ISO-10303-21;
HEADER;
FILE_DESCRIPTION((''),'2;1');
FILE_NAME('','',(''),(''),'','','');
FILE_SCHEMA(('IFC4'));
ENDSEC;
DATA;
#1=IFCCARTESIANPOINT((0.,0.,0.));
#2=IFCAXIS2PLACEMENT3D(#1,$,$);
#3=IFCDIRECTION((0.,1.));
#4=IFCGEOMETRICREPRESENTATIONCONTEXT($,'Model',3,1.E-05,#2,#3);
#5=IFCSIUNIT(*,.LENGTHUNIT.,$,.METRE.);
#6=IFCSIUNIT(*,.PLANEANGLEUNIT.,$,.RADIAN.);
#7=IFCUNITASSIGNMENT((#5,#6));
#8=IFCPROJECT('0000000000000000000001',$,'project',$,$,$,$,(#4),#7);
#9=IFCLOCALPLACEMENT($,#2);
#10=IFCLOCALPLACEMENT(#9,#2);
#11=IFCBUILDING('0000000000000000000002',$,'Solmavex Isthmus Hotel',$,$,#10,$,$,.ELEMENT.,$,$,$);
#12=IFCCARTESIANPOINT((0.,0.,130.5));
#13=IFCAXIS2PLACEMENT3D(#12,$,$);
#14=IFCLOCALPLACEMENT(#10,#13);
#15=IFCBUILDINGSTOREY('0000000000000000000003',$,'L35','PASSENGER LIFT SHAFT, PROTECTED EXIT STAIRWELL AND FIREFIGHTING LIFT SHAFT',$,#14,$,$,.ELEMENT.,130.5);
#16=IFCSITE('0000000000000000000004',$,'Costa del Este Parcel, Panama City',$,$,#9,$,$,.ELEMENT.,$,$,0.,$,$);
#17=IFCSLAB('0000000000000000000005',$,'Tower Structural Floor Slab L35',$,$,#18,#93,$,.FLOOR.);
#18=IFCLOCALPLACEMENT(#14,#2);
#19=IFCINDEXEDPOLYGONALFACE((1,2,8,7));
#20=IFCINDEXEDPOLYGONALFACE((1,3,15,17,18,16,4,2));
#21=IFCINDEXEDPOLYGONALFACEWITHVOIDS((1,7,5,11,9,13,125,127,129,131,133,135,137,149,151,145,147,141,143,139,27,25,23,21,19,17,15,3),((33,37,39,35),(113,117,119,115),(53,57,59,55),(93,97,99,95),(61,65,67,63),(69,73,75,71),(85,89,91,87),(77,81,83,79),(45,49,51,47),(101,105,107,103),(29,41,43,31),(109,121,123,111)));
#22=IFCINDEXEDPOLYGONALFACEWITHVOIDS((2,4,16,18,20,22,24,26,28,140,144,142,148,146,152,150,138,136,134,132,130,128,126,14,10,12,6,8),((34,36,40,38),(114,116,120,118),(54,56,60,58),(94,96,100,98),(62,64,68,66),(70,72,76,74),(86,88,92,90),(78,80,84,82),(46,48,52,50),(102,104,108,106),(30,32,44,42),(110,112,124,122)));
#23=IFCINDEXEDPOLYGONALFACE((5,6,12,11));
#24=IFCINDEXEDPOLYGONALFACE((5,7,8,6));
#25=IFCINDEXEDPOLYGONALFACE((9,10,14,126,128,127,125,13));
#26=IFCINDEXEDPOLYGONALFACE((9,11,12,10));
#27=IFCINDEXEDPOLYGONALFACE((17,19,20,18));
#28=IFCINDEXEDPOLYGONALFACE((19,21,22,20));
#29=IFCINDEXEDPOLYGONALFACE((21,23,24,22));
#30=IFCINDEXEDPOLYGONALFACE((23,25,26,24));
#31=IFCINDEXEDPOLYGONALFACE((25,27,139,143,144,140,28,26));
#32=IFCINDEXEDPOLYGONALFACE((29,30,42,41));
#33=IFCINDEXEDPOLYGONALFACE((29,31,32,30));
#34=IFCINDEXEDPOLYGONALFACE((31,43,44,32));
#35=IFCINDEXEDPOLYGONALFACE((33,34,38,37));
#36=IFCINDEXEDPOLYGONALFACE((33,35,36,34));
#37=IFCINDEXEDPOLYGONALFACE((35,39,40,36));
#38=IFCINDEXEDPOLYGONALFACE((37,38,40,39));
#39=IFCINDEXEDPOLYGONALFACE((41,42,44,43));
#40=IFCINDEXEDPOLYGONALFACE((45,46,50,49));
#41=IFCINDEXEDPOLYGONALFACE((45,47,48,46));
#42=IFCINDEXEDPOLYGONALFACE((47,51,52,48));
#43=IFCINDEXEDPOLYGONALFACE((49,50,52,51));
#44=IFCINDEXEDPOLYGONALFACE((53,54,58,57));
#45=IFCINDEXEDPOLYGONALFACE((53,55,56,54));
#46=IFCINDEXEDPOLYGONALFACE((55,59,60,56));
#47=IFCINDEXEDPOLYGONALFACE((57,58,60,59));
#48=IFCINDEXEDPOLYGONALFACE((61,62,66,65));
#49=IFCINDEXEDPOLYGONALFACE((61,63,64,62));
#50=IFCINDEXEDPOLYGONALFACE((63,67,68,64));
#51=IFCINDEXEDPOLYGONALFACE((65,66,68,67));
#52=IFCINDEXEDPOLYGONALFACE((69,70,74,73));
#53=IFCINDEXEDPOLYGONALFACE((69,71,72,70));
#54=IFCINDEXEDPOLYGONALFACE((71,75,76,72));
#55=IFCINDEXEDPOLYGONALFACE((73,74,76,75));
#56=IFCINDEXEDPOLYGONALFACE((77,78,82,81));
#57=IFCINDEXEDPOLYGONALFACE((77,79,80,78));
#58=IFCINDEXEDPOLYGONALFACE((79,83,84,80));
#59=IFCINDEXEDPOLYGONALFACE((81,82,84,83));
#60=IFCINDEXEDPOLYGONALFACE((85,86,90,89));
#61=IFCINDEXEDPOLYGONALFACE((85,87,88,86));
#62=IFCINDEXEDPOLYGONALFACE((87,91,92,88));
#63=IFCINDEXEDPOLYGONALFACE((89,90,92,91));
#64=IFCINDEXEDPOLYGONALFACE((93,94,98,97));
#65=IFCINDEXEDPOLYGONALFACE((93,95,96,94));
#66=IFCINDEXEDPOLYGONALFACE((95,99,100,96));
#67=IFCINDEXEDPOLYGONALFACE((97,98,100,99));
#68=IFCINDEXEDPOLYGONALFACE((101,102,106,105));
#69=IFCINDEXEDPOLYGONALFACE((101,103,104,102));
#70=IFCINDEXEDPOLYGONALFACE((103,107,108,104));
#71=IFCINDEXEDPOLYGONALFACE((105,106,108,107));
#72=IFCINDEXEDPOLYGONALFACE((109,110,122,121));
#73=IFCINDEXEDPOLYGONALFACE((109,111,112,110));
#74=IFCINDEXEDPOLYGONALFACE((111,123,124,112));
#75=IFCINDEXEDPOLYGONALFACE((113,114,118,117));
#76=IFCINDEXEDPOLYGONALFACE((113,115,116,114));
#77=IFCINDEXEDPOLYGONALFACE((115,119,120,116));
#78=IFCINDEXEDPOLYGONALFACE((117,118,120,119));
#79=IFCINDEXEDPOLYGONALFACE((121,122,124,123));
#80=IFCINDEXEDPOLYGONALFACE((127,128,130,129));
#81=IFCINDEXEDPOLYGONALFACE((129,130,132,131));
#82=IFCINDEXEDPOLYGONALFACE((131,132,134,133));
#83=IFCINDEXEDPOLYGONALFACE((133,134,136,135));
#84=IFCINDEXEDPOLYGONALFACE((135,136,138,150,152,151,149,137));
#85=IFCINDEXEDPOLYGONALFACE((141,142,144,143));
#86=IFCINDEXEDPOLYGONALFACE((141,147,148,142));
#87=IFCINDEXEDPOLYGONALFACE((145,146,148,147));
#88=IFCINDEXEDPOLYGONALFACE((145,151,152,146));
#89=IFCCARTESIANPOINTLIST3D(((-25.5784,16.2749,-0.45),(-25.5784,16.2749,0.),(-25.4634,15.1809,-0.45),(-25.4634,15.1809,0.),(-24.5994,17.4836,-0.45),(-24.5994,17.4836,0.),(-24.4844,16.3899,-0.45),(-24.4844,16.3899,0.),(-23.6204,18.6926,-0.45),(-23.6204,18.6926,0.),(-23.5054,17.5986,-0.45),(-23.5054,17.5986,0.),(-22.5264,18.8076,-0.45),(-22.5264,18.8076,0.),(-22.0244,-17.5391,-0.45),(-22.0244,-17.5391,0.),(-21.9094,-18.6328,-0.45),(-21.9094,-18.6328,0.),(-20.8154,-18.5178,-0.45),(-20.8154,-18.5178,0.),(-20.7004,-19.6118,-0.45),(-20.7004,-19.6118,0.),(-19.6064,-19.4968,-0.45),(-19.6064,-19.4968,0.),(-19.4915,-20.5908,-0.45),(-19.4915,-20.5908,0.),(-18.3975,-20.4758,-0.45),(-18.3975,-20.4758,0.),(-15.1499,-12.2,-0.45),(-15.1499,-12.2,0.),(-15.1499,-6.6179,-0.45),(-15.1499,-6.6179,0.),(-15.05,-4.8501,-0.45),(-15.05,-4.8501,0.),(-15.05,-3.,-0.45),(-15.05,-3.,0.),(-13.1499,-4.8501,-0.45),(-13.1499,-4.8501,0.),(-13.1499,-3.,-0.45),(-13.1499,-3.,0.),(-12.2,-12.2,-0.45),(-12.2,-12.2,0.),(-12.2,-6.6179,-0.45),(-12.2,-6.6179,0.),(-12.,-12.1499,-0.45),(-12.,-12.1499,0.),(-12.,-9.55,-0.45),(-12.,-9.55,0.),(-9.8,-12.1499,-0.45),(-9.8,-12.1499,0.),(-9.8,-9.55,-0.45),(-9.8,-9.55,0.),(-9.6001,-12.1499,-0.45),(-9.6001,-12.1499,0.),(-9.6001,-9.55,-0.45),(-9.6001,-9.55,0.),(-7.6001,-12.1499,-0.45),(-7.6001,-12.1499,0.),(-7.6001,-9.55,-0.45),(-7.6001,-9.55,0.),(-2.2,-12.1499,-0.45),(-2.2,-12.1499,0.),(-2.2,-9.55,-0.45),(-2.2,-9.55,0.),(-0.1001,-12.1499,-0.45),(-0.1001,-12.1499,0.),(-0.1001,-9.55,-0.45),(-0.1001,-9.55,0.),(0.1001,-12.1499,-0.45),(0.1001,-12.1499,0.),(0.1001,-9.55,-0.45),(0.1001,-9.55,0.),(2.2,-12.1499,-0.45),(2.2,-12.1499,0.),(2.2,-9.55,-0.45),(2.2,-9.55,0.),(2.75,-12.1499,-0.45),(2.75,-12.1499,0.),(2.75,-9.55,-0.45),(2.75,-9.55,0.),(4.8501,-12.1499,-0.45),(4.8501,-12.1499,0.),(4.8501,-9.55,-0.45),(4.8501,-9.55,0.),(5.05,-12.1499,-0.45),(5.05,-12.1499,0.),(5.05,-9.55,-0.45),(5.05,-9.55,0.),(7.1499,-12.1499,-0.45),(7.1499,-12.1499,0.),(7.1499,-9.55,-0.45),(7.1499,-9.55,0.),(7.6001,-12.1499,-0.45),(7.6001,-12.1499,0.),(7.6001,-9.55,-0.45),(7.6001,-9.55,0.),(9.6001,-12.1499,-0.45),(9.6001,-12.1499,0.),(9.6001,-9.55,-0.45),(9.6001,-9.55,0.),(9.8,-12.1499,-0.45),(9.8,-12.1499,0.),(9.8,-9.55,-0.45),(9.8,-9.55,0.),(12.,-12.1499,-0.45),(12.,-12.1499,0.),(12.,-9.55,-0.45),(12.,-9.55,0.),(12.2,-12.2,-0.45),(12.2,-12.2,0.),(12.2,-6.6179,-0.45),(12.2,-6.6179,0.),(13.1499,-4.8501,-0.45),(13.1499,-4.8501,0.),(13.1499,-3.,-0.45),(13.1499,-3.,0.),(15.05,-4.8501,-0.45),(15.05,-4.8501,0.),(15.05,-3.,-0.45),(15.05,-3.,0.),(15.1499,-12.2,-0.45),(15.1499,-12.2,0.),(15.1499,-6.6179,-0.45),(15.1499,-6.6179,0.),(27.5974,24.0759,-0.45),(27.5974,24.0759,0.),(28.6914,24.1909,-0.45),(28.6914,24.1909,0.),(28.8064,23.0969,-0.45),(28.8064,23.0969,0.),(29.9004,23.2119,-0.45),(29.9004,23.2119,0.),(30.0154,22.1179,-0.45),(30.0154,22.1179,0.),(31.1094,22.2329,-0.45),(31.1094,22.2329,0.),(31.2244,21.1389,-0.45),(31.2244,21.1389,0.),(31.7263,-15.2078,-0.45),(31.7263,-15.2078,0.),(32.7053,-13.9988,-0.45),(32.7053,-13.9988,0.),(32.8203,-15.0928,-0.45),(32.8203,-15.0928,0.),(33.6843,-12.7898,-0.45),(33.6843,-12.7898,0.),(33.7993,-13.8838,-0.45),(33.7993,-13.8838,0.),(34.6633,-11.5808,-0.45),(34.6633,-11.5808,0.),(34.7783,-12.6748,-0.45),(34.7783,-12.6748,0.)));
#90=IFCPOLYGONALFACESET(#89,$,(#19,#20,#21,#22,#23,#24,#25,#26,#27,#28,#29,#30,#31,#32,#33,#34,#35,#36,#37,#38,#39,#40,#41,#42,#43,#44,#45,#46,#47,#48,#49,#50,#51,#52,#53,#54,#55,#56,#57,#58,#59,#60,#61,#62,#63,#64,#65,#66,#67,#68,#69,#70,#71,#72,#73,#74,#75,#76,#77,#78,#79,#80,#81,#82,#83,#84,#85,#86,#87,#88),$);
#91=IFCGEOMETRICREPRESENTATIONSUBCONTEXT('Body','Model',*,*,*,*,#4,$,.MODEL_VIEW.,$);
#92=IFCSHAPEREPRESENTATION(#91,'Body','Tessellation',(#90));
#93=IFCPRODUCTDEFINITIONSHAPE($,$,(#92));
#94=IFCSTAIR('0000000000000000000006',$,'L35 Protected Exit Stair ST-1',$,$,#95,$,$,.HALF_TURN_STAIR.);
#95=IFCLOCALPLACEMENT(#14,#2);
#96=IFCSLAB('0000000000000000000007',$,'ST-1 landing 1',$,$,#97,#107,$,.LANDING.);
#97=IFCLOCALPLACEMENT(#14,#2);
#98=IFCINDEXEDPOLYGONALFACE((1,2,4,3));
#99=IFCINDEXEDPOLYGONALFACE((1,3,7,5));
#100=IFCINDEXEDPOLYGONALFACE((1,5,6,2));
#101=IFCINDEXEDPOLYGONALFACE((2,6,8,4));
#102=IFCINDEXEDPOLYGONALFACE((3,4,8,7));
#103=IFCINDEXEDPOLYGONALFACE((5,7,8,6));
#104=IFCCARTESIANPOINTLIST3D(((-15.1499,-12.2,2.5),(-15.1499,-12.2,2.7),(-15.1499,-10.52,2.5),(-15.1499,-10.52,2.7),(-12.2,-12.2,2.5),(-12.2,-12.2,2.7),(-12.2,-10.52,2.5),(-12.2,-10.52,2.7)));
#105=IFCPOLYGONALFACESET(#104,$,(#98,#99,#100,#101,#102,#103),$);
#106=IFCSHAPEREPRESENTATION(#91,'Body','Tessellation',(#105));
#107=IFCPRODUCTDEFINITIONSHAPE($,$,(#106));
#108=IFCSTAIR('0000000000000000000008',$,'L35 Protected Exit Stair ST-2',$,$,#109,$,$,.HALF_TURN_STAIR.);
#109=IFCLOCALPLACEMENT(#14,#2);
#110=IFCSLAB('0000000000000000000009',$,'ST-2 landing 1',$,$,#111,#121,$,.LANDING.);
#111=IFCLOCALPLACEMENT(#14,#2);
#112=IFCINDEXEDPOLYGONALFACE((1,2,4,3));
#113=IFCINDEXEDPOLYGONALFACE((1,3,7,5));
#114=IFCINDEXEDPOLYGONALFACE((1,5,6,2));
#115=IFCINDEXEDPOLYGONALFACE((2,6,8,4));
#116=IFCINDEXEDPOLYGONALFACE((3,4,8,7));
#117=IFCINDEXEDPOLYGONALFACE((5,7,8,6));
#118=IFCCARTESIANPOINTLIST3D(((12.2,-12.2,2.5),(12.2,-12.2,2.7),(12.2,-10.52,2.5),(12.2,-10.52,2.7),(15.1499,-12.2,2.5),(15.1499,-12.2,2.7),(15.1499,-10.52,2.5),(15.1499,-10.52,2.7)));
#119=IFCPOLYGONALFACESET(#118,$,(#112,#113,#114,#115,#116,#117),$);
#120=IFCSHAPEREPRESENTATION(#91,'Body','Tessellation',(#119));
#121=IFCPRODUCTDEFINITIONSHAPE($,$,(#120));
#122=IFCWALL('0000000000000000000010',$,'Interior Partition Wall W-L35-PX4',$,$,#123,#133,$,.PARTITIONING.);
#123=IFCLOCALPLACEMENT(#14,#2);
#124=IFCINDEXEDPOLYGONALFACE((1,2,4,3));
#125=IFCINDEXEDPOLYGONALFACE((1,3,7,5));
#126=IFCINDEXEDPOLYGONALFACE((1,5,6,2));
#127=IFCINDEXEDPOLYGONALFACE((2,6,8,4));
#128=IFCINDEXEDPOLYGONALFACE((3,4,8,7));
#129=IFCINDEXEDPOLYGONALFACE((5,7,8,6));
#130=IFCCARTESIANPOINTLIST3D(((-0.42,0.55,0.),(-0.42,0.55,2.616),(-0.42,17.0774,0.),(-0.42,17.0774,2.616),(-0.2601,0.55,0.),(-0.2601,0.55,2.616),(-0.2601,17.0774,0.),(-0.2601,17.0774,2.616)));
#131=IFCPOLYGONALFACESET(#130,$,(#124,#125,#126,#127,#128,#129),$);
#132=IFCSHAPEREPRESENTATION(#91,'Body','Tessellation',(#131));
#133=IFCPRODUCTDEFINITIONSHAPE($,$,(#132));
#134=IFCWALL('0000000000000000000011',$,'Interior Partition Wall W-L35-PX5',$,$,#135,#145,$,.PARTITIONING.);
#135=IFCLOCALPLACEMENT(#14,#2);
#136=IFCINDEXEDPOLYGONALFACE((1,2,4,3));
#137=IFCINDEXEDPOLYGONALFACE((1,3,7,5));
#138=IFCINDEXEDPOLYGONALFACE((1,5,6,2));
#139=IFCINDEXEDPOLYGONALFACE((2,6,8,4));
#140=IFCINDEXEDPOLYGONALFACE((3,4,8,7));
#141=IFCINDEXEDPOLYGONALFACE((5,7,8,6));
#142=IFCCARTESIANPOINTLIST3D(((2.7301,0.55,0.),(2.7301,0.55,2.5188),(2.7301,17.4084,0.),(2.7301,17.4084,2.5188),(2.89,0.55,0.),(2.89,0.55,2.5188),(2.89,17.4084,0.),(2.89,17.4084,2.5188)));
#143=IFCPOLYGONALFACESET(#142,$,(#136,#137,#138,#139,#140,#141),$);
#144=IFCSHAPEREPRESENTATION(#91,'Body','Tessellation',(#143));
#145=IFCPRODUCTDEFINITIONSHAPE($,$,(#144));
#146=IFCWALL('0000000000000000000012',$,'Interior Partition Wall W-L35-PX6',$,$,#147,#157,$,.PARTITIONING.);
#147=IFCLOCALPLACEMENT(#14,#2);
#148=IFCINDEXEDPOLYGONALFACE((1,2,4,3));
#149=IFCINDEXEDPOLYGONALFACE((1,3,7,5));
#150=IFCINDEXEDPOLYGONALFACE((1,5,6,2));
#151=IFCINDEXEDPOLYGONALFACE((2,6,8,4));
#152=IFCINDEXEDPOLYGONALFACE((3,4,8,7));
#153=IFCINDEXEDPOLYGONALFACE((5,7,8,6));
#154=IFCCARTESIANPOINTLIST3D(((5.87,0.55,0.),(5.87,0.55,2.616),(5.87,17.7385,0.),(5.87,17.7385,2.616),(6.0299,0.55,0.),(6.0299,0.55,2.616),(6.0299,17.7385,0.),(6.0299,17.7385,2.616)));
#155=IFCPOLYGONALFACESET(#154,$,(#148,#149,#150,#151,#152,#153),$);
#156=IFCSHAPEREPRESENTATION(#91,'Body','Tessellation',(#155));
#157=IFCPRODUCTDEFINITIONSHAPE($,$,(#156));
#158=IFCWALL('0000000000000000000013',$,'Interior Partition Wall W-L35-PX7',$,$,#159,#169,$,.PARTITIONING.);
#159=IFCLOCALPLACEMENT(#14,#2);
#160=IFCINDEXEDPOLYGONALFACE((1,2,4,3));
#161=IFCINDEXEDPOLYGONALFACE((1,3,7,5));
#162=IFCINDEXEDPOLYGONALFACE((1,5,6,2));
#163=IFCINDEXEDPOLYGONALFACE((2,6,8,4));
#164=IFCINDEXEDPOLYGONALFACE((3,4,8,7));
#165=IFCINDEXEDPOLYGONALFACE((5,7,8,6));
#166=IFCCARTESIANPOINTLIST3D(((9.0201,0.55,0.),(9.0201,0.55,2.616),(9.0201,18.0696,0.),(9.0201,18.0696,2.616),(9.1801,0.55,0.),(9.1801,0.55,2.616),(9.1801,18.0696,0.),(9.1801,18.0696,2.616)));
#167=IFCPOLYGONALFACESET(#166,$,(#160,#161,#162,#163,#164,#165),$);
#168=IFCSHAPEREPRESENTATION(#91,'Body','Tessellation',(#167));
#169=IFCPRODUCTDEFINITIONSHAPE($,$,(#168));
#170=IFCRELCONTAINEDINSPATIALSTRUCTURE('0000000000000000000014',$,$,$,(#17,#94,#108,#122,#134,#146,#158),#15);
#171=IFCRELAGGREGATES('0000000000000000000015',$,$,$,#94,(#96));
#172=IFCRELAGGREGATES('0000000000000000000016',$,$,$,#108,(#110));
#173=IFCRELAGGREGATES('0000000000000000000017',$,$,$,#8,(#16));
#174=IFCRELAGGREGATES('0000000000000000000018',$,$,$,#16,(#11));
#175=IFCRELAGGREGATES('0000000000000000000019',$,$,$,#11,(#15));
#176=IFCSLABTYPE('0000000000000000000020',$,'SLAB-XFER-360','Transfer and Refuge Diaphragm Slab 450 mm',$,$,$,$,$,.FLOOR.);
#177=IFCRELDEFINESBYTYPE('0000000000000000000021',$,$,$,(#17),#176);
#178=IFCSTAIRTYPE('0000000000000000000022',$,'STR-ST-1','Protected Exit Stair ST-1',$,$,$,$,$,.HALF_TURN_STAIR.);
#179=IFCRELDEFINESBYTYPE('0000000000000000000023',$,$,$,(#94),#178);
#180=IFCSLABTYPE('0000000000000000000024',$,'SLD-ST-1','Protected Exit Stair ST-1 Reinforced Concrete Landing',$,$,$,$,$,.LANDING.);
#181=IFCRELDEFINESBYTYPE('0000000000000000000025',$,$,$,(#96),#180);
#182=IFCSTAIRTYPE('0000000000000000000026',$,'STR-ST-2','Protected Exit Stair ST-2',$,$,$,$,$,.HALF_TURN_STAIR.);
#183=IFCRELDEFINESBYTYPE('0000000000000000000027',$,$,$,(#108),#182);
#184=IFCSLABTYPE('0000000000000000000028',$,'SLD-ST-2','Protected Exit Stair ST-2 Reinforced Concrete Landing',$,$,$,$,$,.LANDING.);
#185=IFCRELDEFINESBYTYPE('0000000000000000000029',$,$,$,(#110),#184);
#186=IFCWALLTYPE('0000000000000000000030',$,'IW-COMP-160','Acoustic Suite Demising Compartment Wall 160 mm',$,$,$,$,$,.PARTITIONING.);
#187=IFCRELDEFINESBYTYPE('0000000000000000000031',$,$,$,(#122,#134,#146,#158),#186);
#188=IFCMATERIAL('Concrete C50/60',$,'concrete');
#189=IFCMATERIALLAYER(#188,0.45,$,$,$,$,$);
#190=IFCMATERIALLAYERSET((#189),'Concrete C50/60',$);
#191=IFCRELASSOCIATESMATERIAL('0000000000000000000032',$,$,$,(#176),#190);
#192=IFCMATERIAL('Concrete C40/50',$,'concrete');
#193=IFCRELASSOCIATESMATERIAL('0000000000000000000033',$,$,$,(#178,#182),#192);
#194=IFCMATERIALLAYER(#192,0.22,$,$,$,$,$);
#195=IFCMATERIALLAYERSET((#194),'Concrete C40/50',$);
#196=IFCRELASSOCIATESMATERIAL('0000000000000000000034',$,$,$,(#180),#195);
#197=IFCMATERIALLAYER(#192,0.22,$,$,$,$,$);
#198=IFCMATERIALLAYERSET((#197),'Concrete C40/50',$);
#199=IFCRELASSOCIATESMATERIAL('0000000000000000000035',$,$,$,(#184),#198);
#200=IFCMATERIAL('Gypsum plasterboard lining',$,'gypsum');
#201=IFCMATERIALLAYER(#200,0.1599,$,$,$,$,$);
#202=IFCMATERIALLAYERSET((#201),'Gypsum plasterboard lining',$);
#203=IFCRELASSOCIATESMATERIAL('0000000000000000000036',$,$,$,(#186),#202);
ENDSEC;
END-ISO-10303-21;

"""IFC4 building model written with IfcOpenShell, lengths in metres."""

from ifc_helpers import new_model, si_unit, direction, frame, frame_2d, origin, place, context, subcontext, project, spatial, polyline, rectangle, outline, extrude, material, layer, layer_set, type_object, element, aggregate, save


model = new_model("IFC4")

# Units and contexts
model_context = context("Model", 3, precision=1e-05, world=origin(), true_north=direction((0.0, 1.0)))
body_context = subcontext(model_context, "Body", "Model", "MODEL_VIEW")
ifc_project = project(units=[si_unit("LENGTHUNIT", "METRE"), si_unit("PLANEANGLEUNIT", "RADIAN")], contexts=[model_context])

# Site, building, storey
site_placement = place(None, origin())
site = spatial("IfcSite", under=ifc_project, at=site_placement, Name="Costa del Este Parcel, Panama City", CompositionType="ELEMENT", RefElevation=0.0)
building_placement = place(site_placement, origin())
building = spatial("IfcBuilding", under=site, at=building_placement, Name="Solmavex Isthmus Hotel", CompositionType="ELEMENT")
storey_placement = place(building_placement, frame((0.0, 0.0, 130.5)))
storey = spatial("IfcBuildingStorey", under=building, at=storey_placement, Name="L35", Description="PASSENGER LIFT SHAFT, PROTECTED EXIT STAIRWELL AND FIREFIGHTING LIFT SHAFT", CompositionType="ELEMENT", Elevation=130.5)

# Slab
ifc_material_1 = material(Name="Concrete C50/60", Category="concrete")
ifc_layer_1 = layer(ifc_material_1, 0.45)
ifc_layer_set_1 = layer_set([ifc_layer_1], Name="Concrete C50/60")
slab_type_1 = type_object("IfcSlabType", Name="SLAB-XFER-360", Description="Transfer and Refuge Diaphragm Slab 450 mm", PredefinedType="FLOOR", material=ifc_layer_set_1)
slab_1_placement = place(storey_placement, frame((0.0, 0.0, -0.45)))
element("IfcSlab", 1, at=slab_1_placement, inside=storey, type_object=slab_type_1, Name="Tower Structural Floor Slab L35", PredefinedType="FLOOR", context=body_context, shape_type="SweptSolid", body=[
    extrude(outline(polyline([(-18.3975, -20.4758), (31.7263, -15.2078), (32.8203, -15.0928), (32.7053, -13.9988), (33.7993, -13.8838), (33.6843, -12.7898), (34.7783, -12.6748), (34.6633, -11.5808), (31.2244, 21.1389), (31.1094, 22.2329), (30.0154, 22.1179), (29.9004, 23.2119), (28.8064, 23.0969), (28.6914, 24.1909), (27.5974, 24.0759), (-22.5264, 18.8076), (-23.6204, 18.6926), (-23.5054, 17.5986), (-24.5994, 17.4836), (-24.4844, 16.3899), (-25.5784, 16.2749), (-25.4634, 15.1809), (-22.0244, -17.5391), (-21.9094, -18.6328), (-20.8154, -18.5178), (-20.7004, -19.6118), (-19.6064, -19.4968), (-19.4915, -20.5908), (-18.3975, -20.4758)]), holes=[polyline([(-15.1499, -6.6179), (-15.1499, -12.2), (-12.2, -12.2), (-12.2, -6.6179), (-15.1499, -6.6179)]), polyline([(12.2, -6.6179), (12.2, -12.2), (15.1499, -12.2), (15.1499, -6.6179), (12.2, -6.6179)]), polyline([(-12.0, -12.1499), (-9.8, -12.1499), (-9.8, -9.55), (-12.0, -9.55), (-12.0, -12.1499)]), polyline([(9.8, -12.1499), (12.0, -12.1499), (12.0, -9.55), (9.8, -9.55), (9.8, -12.1499)]), polyline([(-9.6001, -12.1499), (-7.6001, -12.1499), (-7.6001, -9.55), (-9.6001, -9.55), (-9.6001, -12.1499)]), polyline([(7.6001, -12.1499), (9.6001, -12.1499), (9.6001, -9.55), (7.6001, -9.55), (7.6001, -12.1499)]), polyline([(-2.2, -12.1499), (-0.1001, -12.1499), (-0.1001, -9.55), (-2.2, -9.55), (-2.2, -12.1499)]), polyline([(0.1001, -12.1499), (2.2, -12.1499), (2.2, -9.55), (0.1001, -9.55), (0.1001, -12.1499)]), polyline([(2.75, -12.1499), (4.8501, -12.1499), (4.8501, -9.55), (2.75, -9.55), (2.75, -12.1499)]), polyline([(5.05, -12.1499), (7.1499, -12.1499), (7.1499, -9.55), (5.05, -9.55), (5.05, -12.1499)]), polyline([(-15.05, -4.8501), (-13.1499, -4.8501), (-13.1499, -3.0), (-15.05, -3.0), (-15.05, -4.8501)]), polyline([(13.1499, -4.8501), (15.05, -4.8501), (15.05, -3.0), (13.1499, -3.0), (13.1499, -4.8501)])]), origin(), (0.0, 0.0, 1.0), 0.45),
])

# Stairs, slabs
ifc_material_2 = material(Name="Concrete C40/50", Category="concrete")
stair_type_1 = type_object("IfcStairType", Name="STR-ST-1", Description="Protected Exit Stair ST-1", PredefinedType="HALF_TURN_STAIR", material=ifc_material_2)
stair_1_placement = place(storey_placement, origin())
stair_1 = element("IfcStair", 2, at=stair_1_placement, inside=storey, type_object=stair_type_1, Name="L35 Protected Exit Stair ST-1", PredefinedType="HALF_TURN_STAIR")
ifc_layer_2 = layer(ifc_material_2, 0.22)
ifc_layer_set_2 = layer_set([ifc_layer_2], Name="Concrete C40/50")
slab_type_2 = type_object("IfcSlabType", Name="SLD-ST-1", Description="Protected Exit Stair ST-1 Reinforced Concrete Landing", PredefinedType="LANDING", material=ifc_layer_set_2)
slab_2_placement = place(storey_placement, frame((0.0, 0.0, 2.5)))
slab_2 = element("IfcSlab", 3, at=slab_2_placement, type_object=slab_type_2, Name="ST-1 landing 1", PredefinedType="LANDING", context=body_context, shape_type="SweptSolid", body=[
    extrude(outline(polyline([(-15.1499, -10.52), (-15.1499, -12.2), (-12.2, -12.2), (-12.2, -10.52), (-15.1499, -10.52)])), origin(), (0.0, 0.0, 1.0), 0.2),
])
aggregate(stair_1, [slab_2])
stair_type_2 = type_object("IfcStairType", Name="STR-ST-2", Description="Protected Exit Stair ST-2", PredefinedType="HALF_TURN_STAIR", material=ifc_material_2)
stair_2_placement = place(storey_placement, origin())
stair_2 = element("IfcStair", 4, at=stair_2_placement, inside=storey, type_object=stair_type_2, Name="L35 Protected Exit Stair ST-2", PredefinedType="HALF_TURN_STAIR")
ifc_layer_3 = layer(ifc_material_2, 0.22)
ifc_layer_set_3 = layer_set([ifc_layer_3], Name="Concrete C40/50")
slab_type_3 = type_object("IfcSlabType", Name="SLD-ST-2", Description="Protected Exit Stair ST-2 Reinforced Concrete Landing", PredefinedType="LANDING", material=ifc_layer_set_3)
slab_3_placement = place(storey_placement, frame((0.0, 0.0, 2.5)))
slab_3 = element("IfcSlab", 5, at=slab_3_placement, type_object=slab_type_3, Name="ST-2 landing 1", PredefinedType="LANDING", context=body_context, shape_type="SweptSolid", body=[
    extrude(outline(polyline([(12.2, -10.52), (12.2, -12.2), (15.1499, -12.2), (15.1499, -10.52), (12.2, -10.52)])), origin(), (0.0, 0.0, 1.0), 0.2),
])
aggregate(stair_2, [slab_3])

# Walls
ifc_material_3 = material(Name="Gypsum plasterboard lining", Category="gypsum")
ifc_layer_4 = layer(ifc_material_3, 0.1599)
ifc_layer_set_4 = layer_set([ifc_layer_4], Name="Gypsum plasterboard lining")
wall_type_1 = type_object("IfcWallType", Name="IW-COMP-160", Description="Acoustic Suite Demising Compartment Wall 160 mm", PredefinedType="PARTITIONING", material=ifc_layer_set_4)
wall_1_placement = place(storey_placement, frame((-0.3401, 0.55, 0.0), z_axis=(0.0, 0.0, 1.0), x_axis=(0.0, 1.0, 0.0)))
element("IfcWall", 6, at=wall_1_placement, inside=storey, type_object=wall_type_1, Name="Interior Partition Wall W-L35-PX4", PredefinedType="PARTITIONING", context=body_context, shape_type="SweptSolid", body=[
    extrude(rectangle(XDim=16.5273, YDim=0.1599, at=frame_2d((8.2637, 0.0))), origin(), (0.0, 0.0, 1.0), 2.616),
])
wall_2_placement = place(storey_placement, frame((2.8101, 0.55, 0.0), z_axis=(0.0, 0.0, 1.0), x_axis=(0.0, 1.0, 0.0)))
element("IfcWall", 7, at=wall_2_placement, inside=storey, type_object=wall_type_1, Name="Interior Partition Wall W-L35-PX5", PredefinedType="PARTITIONING", context=body_context, shape_type="SweptSolid", body=[
    extrude(rectangle(XDim=16.8584, YDim=0.1599, at=frame_2d((8.4292, 0.0))), origin(), (0.0, 0.0, 1.0), 2.5188),
])
wall_3_placement = place(storey_placement, frame((5.95, 0.55, 0.0), z_axis=(0.0, 0.0, 1.0), x_axis=(0.0, 1.0, 0.0)))
element("IfcWall", 8, at=wall_3_placement, inside=storey, type_object=wall_type_1, Name="Interior Partition Wall W-L35-PX6", PredefinedType="PARTITIONING", context=body_context, shape_type="SweptSolid", body=[
    extrude(rectangle(XDim=17.1885, YDim=0.1599, at=frame_2d((8.5942, 0.0))), origin(), (0.0, 0.0, 1.0), 2.616),
])
wall_4_placement = place(storey_placement, frame((9.1001, 0.55, 0.0), z_axis=(0.0, 0.0, 1.0), x_axis=(0.0, 1.0, 0.0)))
element("IfcWall", 9, at=wall_4_placement, inside=storey, type_object=wall_type_1, Name="Interior Partition Wall W-L35-PX7", PredefinedType="PARTITIONING", context=body_context, shape_type="SweptSolid", body=[
    extrude(rectangle(XDim=17.5195, YDim=0.1599, at=frame_2d((8.7598, 0.0))), origin(), (0.0, 0.0, 1.0), 2.616),
])

save(model, "model.ifc")
